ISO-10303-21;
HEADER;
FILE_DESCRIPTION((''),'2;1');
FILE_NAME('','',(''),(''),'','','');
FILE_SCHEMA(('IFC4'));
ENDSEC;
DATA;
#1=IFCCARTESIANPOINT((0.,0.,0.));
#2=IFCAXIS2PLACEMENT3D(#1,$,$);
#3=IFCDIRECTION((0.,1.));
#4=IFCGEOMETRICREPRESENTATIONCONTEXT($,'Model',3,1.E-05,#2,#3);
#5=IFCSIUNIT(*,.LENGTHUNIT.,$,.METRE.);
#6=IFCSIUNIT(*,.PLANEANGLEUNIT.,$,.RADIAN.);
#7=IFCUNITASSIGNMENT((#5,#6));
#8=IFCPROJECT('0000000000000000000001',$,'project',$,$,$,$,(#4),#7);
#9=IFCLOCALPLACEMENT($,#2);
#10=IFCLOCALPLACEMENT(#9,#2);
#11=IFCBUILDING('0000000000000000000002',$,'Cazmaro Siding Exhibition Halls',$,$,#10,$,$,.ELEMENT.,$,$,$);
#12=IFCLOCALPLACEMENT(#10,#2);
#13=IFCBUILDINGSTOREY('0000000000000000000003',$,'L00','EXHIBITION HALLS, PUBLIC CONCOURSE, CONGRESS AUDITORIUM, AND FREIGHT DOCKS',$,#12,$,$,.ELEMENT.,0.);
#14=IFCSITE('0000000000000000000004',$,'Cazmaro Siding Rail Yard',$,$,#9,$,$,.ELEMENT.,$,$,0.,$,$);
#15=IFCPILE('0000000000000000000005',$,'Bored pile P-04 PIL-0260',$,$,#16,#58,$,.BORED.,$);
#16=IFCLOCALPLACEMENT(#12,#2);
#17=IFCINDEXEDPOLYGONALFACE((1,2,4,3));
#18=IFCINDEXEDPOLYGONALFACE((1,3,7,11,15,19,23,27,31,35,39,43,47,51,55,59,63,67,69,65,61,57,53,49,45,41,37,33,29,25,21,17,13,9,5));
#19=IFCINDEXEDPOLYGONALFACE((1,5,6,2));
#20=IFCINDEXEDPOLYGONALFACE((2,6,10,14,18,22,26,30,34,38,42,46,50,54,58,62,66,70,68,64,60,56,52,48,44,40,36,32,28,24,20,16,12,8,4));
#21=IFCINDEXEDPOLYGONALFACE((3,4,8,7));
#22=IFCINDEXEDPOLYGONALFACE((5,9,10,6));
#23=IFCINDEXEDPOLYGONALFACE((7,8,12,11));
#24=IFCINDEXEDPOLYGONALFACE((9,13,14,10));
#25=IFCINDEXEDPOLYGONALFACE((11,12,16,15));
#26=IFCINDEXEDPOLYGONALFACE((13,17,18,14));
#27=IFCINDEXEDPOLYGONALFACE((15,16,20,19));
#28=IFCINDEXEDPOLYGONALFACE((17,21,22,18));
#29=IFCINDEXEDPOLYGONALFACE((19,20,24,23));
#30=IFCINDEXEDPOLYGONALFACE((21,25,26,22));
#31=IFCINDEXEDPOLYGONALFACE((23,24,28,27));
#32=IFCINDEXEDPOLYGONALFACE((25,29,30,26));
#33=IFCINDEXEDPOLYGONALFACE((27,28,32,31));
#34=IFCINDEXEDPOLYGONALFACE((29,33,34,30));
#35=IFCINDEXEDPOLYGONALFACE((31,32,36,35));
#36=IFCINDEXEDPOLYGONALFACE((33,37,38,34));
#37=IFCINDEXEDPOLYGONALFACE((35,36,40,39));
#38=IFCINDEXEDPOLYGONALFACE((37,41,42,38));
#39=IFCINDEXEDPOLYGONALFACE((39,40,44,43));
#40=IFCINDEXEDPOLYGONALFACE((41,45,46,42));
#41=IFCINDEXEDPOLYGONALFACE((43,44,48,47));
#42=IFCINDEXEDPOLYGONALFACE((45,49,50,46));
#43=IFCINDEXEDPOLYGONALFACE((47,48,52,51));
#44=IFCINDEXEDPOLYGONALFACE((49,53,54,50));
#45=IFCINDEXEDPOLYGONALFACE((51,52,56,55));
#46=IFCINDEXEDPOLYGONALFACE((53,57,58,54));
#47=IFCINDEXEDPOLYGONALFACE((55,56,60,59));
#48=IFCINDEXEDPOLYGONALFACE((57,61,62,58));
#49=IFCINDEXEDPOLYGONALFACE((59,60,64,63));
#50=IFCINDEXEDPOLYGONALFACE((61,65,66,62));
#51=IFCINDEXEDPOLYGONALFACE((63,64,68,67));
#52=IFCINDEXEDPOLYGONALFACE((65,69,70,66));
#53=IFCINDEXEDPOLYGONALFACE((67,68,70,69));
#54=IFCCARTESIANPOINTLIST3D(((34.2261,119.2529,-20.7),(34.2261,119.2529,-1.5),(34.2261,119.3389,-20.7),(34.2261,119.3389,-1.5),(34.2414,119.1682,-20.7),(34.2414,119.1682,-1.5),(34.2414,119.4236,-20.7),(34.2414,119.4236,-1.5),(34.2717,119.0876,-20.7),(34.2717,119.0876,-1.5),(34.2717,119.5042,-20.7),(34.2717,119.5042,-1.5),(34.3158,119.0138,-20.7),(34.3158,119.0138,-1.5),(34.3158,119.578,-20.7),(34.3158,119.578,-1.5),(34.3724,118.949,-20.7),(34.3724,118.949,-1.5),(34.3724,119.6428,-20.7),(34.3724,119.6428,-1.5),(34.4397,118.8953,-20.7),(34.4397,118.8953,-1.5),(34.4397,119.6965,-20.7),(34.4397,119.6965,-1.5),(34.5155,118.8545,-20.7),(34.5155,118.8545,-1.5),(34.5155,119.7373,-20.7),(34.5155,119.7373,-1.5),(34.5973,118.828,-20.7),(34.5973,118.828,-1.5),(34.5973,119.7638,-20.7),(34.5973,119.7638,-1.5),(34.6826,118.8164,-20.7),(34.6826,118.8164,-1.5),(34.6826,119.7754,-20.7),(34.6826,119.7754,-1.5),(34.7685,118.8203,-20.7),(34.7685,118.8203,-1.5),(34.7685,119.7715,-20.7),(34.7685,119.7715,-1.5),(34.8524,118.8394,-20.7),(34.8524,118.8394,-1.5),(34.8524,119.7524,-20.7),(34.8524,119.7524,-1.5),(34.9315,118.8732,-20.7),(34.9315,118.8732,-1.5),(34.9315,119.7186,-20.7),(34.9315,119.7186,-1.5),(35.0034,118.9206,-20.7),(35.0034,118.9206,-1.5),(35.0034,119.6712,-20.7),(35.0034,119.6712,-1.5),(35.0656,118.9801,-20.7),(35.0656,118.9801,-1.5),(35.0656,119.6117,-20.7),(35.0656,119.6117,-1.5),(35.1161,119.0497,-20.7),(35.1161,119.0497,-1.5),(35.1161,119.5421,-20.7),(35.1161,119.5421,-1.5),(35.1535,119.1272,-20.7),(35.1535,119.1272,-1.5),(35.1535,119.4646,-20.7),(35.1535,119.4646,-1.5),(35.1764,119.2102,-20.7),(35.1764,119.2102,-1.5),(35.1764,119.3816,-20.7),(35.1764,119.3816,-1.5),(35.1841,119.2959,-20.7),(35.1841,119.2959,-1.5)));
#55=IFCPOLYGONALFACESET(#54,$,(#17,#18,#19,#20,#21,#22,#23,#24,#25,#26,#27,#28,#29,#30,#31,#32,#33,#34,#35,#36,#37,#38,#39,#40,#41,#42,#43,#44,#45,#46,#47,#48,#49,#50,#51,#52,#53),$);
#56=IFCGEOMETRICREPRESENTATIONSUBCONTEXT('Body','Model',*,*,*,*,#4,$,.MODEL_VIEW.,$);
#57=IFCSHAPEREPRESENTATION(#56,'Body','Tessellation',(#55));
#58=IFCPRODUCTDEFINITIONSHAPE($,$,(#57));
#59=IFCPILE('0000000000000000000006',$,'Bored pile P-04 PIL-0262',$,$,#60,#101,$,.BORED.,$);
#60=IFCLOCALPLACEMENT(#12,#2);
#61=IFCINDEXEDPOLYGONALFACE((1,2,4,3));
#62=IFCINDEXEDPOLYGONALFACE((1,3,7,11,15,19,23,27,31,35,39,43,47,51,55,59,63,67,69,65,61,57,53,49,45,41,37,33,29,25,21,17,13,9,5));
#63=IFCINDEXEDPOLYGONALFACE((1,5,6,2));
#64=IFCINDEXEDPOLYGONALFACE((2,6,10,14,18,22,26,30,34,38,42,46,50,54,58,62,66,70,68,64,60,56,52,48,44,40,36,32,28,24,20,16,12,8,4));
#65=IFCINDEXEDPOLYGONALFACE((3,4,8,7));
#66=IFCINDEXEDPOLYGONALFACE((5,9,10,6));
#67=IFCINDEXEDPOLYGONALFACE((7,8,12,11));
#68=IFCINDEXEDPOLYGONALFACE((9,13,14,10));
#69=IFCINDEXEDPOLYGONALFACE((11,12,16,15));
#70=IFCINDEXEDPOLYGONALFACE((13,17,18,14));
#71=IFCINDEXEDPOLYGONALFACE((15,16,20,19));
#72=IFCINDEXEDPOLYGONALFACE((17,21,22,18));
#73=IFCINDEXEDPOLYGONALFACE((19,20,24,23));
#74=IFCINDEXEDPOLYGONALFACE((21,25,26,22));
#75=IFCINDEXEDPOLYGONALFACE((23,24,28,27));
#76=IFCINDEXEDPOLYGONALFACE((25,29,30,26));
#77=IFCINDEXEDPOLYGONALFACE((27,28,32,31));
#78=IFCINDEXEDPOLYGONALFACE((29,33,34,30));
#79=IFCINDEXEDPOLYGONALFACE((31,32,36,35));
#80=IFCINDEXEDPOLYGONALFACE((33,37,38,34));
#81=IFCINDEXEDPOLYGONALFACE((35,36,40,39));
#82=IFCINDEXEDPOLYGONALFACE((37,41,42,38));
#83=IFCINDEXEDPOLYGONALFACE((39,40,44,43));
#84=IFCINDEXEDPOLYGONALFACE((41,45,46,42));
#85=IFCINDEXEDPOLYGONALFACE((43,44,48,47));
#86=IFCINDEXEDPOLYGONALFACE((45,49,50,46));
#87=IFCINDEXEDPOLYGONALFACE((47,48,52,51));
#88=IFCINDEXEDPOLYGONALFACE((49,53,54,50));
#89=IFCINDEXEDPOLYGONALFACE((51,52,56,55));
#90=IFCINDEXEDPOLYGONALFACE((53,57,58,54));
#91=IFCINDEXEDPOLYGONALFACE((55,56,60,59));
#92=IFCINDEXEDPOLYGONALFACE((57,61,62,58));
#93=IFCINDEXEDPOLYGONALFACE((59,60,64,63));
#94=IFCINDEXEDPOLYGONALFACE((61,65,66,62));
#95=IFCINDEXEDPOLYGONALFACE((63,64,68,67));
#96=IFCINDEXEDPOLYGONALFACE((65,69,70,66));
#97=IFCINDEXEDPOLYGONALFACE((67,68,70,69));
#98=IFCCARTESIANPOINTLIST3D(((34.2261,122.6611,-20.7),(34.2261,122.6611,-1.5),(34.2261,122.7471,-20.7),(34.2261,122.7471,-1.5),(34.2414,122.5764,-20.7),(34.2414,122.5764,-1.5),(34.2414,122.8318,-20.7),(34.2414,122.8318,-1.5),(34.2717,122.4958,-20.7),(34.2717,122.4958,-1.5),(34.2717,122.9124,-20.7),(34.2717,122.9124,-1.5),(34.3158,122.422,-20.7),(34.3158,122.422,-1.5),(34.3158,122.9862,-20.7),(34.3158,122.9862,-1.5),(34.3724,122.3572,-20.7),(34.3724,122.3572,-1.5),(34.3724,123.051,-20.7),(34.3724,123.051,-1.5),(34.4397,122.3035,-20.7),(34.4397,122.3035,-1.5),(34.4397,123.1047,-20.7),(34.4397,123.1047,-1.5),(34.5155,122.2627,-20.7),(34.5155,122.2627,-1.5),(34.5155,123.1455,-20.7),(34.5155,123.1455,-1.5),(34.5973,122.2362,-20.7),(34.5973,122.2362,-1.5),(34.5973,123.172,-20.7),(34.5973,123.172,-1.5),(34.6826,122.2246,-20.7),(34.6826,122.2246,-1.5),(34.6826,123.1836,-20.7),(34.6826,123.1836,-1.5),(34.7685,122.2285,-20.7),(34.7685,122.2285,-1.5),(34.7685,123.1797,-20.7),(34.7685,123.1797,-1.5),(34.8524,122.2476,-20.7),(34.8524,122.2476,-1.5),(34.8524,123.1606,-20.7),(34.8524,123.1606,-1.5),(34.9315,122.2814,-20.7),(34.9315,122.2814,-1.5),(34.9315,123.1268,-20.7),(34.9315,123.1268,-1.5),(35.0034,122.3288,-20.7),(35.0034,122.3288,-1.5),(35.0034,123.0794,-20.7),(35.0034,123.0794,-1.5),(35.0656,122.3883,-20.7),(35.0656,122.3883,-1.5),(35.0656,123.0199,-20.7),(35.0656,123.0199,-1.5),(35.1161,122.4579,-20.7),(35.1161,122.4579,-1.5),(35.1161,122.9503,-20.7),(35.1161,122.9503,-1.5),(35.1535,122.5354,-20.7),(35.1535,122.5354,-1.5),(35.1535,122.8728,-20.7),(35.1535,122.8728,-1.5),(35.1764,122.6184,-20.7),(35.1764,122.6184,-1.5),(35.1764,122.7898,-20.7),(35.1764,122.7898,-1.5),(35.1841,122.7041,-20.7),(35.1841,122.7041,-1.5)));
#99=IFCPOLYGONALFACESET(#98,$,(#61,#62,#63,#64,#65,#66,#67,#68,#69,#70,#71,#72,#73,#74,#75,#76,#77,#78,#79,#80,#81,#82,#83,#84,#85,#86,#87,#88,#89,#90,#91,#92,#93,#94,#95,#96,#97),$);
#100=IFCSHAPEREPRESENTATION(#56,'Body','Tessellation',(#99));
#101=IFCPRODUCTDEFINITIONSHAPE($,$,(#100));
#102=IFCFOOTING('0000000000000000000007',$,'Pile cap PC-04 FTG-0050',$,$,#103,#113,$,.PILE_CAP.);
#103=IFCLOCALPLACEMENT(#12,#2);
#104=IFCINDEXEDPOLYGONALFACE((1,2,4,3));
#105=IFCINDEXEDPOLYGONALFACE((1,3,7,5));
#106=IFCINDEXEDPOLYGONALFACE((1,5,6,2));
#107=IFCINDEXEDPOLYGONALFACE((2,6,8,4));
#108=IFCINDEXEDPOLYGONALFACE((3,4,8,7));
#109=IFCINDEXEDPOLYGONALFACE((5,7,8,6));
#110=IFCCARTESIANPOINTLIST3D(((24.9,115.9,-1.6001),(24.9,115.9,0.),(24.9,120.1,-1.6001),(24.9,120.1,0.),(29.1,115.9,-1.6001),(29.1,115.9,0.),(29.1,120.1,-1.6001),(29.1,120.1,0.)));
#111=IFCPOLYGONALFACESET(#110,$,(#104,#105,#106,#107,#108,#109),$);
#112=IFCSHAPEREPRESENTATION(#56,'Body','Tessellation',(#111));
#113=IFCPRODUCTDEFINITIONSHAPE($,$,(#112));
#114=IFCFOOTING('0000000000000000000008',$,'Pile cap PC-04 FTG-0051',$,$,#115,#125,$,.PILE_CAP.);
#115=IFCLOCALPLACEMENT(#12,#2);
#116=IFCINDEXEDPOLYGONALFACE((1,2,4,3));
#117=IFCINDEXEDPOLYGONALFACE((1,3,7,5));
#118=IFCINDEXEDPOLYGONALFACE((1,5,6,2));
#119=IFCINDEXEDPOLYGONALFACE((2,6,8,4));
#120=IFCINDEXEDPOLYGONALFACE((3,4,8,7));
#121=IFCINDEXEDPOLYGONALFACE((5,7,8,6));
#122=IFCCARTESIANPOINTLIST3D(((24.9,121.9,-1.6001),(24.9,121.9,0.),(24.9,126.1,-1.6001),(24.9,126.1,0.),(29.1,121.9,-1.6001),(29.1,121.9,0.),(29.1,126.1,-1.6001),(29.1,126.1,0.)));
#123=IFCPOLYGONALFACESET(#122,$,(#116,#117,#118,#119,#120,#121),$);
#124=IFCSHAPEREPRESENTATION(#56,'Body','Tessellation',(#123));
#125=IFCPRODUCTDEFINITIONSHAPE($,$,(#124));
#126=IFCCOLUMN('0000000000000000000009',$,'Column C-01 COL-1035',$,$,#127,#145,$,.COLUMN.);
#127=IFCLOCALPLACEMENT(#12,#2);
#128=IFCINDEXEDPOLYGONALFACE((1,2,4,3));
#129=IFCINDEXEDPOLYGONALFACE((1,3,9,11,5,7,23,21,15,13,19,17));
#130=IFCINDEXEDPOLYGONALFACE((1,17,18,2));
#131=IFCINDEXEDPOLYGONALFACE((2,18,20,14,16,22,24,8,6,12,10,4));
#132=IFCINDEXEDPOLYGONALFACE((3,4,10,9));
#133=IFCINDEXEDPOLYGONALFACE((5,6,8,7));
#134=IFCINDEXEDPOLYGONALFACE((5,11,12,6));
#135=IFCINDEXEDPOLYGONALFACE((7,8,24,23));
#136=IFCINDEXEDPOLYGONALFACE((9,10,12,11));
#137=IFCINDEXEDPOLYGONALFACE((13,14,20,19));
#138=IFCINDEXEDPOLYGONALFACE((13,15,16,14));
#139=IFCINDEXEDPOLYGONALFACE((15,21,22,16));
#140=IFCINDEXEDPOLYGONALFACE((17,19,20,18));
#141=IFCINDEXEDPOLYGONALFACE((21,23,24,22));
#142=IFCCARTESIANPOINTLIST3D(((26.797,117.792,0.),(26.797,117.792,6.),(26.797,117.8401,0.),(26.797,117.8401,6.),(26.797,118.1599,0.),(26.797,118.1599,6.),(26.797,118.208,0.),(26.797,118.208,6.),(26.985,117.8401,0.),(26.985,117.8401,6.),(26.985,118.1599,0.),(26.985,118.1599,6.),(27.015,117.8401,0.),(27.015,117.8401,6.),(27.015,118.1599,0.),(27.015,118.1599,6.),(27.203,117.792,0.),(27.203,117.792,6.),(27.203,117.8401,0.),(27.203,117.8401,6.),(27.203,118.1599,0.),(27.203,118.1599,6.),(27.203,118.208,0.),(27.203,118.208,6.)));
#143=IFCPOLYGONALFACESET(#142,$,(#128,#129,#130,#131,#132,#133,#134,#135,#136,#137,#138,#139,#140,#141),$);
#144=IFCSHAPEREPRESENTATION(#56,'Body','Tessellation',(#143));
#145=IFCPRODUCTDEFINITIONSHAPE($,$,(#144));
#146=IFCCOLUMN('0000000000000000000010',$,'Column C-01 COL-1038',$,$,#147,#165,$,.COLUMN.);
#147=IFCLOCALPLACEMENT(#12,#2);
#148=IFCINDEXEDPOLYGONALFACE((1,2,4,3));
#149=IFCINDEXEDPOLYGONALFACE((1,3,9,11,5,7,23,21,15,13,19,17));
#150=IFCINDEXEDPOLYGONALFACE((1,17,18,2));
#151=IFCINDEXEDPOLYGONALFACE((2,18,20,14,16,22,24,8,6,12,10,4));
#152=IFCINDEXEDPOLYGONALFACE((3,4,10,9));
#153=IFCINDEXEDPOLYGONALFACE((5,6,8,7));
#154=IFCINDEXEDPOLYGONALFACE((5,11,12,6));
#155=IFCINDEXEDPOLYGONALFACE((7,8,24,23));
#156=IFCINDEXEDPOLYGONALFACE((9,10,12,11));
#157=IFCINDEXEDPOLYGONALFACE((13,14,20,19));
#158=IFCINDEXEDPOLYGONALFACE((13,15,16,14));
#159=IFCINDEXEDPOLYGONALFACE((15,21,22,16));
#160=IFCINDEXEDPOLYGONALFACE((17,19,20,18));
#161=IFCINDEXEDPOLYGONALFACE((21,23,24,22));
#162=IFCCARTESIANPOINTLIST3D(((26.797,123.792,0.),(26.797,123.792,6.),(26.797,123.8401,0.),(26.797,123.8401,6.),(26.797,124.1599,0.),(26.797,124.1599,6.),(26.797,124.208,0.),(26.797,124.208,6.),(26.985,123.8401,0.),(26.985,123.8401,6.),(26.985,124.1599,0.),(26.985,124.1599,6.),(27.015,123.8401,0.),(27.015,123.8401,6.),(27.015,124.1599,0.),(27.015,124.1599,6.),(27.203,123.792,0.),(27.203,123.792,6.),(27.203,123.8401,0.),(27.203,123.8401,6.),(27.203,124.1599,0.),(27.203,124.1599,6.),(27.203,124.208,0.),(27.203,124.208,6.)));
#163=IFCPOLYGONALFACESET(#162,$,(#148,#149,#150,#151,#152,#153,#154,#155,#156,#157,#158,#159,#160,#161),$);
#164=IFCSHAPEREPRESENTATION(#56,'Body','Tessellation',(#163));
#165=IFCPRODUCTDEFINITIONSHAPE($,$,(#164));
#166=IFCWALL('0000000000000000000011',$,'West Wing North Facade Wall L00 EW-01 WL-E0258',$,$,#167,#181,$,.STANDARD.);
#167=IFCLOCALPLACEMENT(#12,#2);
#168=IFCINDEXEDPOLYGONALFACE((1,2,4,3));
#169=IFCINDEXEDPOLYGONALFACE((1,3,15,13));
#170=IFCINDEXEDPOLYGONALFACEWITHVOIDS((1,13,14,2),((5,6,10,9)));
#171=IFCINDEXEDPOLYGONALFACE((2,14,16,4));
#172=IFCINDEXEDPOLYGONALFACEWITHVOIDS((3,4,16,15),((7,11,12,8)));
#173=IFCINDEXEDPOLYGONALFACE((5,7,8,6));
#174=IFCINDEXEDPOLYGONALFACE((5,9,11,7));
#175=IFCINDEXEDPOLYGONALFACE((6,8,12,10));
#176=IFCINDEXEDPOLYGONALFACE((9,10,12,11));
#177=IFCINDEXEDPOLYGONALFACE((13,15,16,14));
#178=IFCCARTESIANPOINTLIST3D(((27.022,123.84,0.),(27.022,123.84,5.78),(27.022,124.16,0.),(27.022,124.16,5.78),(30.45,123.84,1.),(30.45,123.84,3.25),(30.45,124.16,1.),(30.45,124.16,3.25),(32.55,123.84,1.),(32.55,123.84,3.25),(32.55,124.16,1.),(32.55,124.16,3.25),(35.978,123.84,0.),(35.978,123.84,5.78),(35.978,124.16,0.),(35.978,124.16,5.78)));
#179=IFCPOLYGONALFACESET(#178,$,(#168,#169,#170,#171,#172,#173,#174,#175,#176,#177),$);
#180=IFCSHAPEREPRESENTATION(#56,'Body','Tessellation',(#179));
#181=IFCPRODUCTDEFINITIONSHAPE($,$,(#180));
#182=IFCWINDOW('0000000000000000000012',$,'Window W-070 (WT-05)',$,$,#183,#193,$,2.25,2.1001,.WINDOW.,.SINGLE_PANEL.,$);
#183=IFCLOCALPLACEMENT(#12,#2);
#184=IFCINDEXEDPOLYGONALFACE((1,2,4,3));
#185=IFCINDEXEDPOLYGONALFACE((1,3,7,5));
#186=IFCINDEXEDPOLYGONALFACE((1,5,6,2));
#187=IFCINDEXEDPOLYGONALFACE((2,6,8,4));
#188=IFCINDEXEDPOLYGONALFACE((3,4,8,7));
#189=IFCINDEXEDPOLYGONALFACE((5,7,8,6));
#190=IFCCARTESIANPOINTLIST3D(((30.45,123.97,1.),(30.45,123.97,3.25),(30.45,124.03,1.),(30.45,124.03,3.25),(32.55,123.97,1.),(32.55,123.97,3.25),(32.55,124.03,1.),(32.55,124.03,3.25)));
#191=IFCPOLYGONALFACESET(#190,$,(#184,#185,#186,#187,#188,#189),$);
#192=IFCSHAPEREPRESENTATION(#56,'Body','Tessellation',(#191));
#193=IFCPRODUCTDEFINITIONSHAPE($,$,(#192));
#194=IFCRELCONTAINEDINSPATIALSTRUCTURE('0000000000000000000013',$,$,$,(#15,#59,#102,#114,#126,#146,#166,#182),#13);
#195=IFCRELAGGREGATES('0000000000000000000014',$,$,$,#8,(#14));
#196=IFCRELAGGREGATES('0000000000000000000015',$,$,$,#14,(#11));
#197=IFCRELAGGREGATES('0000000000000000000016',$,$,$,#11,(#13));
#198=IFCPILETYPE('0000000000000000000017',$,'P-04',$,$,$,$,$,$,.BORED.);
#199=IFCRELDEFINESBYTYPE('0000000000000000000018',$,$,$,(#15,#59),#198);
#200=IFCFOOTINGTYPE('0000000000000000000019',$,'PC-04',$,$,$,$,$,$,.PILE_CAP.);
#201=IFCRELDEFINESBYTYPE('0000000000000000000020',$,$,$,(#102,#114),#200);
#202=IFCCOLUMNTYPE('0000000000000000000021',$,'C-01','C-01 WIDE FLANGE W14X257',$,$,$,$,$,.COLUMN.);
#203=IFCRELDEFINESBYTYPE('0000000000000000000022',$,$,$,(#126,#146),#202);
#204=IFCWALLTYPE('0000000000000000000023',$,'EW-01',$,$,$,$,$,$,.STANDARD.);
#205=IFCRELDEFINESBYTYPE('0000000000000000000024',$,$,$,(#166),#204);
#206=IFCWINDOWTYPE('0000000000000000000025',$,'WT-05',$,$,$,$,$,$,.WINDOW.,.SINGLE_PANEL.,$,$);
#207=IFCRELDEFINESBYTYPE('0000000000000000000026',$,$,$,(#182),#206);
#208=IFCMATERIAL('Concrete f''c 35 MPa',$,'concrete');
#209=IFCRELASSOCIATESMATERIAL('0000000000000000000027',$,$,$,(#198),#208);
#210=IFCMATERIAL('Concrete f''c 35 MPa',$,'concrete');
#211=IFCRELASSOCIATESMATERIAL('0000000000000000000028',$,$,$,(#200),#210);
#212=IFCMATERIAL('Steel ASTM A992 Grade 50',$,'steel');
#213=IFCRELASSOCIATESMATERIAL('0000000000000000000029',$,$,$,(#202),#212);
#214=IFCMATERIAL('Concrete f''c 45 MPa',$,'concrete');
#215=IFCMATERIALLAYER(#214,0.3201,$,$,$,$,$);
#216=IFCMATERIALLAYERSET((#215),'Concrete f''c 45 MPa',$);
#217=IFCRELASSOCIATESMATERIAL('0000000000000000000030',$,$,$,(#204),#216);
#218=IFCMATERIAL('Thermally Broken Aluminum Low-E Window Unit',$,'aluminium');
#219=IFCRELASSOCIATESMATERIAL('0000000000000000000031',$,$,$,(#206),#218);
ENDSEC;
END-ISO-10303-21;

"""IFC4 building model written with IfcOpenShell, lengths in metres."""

from ifc_helpers import new_model, si_unit, direction, frame, frame_2d, origin, origin_2d, place, context, subcontext, project, spatial, rectangle, circle, i_section, extrude, material, layer, layer_set, material_profile, profile_set, type_object, element, fill, save


model = new_model("IFC4")

# Units and contexts
model_context = context("Model", 3, precision=1e-05, world=origin(), true_north=direction((0.0, 1.0)))
body_context = subcontext(model_context, "Body", "Model", "MODEL_VIEW")
ifc_project = project(units=[si_unit("LENGTHUNIT", "METRE"), si_unit("PLANEANGLEUNIT", "RADIAN")], contexts=[model_context])

# Site, building, storey
site_placement = place(None, origin())
site = spatial("IfcSite", under=ifc_project, at=site_placement, Name="Cazmaro Siding Rail Yard", CompositionType="ELEMENT", RefElevation=0.0)
building_placement = place(site_placement, origin())
building = spatial("IfcBuilding", under=site, at=building_placement, Name="Cazmaro Siding Exhibition Halls", CompositionType="ELEMENT")
storey_placement = place(building_placement, origin())
storey = spatial("IfcBuildingStorey", under=building, at=storey_placement, Name="L00", Description="EXHIBITION HALLS, PUBLIC CONCOURSE, CONGRESS AUDITORIUM, AND FREIGHT DOCKS", CompositionType="ELEMENT", Elevation=0.0)

# Piles
ifc_material_1 = material(Name="Concrete f'c 35 MPa", Category="concrete")
ifc_material_profile_1 = material_profile(ifc_material_1, circle(Radius=0.48, at=origin_2d()), Name="CIDH-960")
ifc_profile_set_1 = profile_set([ifc_material_profile_1], Name="Concrete f'c 35 MPa")
pile_type = type_object("IfcPileType", Name="P-04", PredefinedType="BORED", material=ifc_profile_set_1)
for number, where, z_axis, x_axis, name in (
    (1, (34.7041, 119.2959, -1.5), (0.0, 0.0, -1.0), (1.0, 0.0, 0.0), "Bored pile P-04 PIL-0260"),
    (2, (34.7041, 122.7041, -1.5), (0.0, 0.0, -1.0), (1.0, 0.0, 0.0), "Bored pile P-04 PIL-0262"),
):
    element("IfcPile", number, at=place(storey_placement, frame(where, z_axis=z_axis, x_axis=x_axis)), inside=storey, type_object=pile_type, Name=name, PredefinedType="BORED", context=body_context, shape_type="SweptSolid", body=[
        extrude(circle(Radius=0.48, at=origin_2d()), origin(), (0.0, 0.0, 1.0), 19.2),
    ])

# Footings
ifc_material_2 = material(Name="Concrete f'c 35 MPa", Category="concrete")
footing_type = type_object("IfcFootingType", Name="PC-04", PredefinedType="PILE_CAP", material=ifc_material_2)
for number, where, z_axis, x_axis, name in (
    (3, (27.0, 118.0, -1.6001), (0.0, 0.0, 1.0), (1.0, 0.0, 0.0), "Pile cap PC-04 FTG-0050"),
    (4, (27.0, 124.0, -1.6001), (0.0, 0.0, 1.0), (1.0, 0.0, 0.0), "Pile cap PC-04 FTG-0051"),
):
    element("IfcFooting", number, at=place(storey_placement, frame(where, z_axis=z_axis, x_axis=x_axis)), inside=storey, type_object=footing_type, Name=name, PredefinedType="PILE_CAP", context=body_context, shape_type="SweptSolid", body=[
        extrude(rectangle(XDim=4.2, YDim=4.2, at=origin_2d()), origin(), (0.0, 0.0, 1.0), 1.6001),
    ])

# Columns
ifc_material_3 = material(Name="Steel ASTM A992 Grade 50", Category="steel")
ifc_material_profile_2 = material_profile(ifc_material_3, i_section(OverallWidth=0.406, OverallDepth=0.416, WebThickness=0.03, FlangeThickness=0.0481, at=origin_2d()), Name="W14X257")
ifc_profile_set_2 = profile_set([ifc_material_profile_2], Name="Steel ASTM A992 Grade 50")
column_type = type_object("IfcColumnType", Name="C-01", Description="C-01 WIDE FLANGE W14X257", PredefinedType="COLUMN", material=ifc_profile_set_2)
for number, where, z_axis, x_axis, name in (
    (5, (27.0, 118.0, 0.0), (0.0, 0.0, 1.0), (1.0, 0.0, 0.0), "Column C-01 COL-1035"),
    (6, (27.0, 124.0, 0.0), (0.0, 0.0, 1.0), (1.0, 0.0, 0.0), "Column C-01 COL-1038"),
):
    element("IfcColumn", number, at=place(storey_placement, frame(where, z_axis=z_axis, x_axis=x_axis)), inside=storey, type_object=column_type, Name=name, PredefinedType="COLUMN", context=body_context, shape_type="SweptSolid", body=[
        extrude(i_section(OverallWidth=0.406, OverallDepth=0.416, WebThickness=0.03, FlangeThickness=0.0481, at=origin_2d()), origin(), (0.0, 0.0, 1.0), 6.0),
    ])

# Wall, opening, window
ifc_material_4 = material(Name="Concrete f'c 45 MPa", Category="concrete")
ifc_layer = layer(ifc_material_4, 0.3201)
ifc_layer_set = layer_set([ifc_layer], Name="Concrete f'c 45 MPa")
wall_type = type_object("IfcWallType", Name="EW-01", PredefinedType="STANDARD", material=ifc_layer_set)
wall_placement = place(storey_placement, frame((27.022, 124.0, 0.0), z_axis=(0.0, 0.0, 1.0), x_axis=(1.0, 0.0, 0.0)))
wall = element("IfcWall", 7, at=wall_placement, inside=storey, type_object=wall_type, Name="West Wing North Facade Wall L00 EW-01 WL-E0258", PredefinedType="STANDARD", context=body_context, shape_type="SweptSolid", body=[
    extrude(rectangle(XDim=8.9561, YDim=0.3201, at=frame_2d((4.478, 0.0))), origin(), (0.0, 0.0, 1.0), 5.78),
])
opening_placement = place(wall_placement, frame((3.428, 0.0, 1.0)))
opening = element("IfcOpeningElement", 8, at=opening_placement, cuts=wall, PredefinedType="OPENING", context=body_context, shape_type="SweptSolid", body=[
    extrude(rectangle(XDim=2.1001, YDim=2.25, at=frame_2d((1.05, 1.125))), frame((0.0, 0.1699, 0.0), z_axis=(0.0, -1.0, 0.0), x_axis=(1.0, 0.0, 0.0)), (0.0, 0.0, 1.0), 0.3401),
])
ifc_material_5 = material(Name="Thermally Broken Aluminum Low-E Window Unit", Category="aluminium")
window_type = type_object("IfcWindowType", Name="WT-05", PartitioningType="SINGLE_PANEL", PredefinedType="WINDOW", material=ifc_material_5)
window_placement = place(opening_placement, origin())
window = element("IfcWindow", 9, at=window_placement, inside=storey, type_object=window_type, Name="Window W-070 (WT-05)", OverallHeight=2.25, OverallWidth=2.1001, PartitioningType="SINGLE_PANEL", PredefinedType="WINDOW", context=body_context, shape_type="SweptSolid", body=[
    extrude(rectangle(XDim=2.1001, YDim=2.25, at=frame_2d((1.05, 1.125))), frame((0.0, 0.03, 0.0), z_axis=(0.0, -1.0, 0.0), x_axis=(1.0, 0.0, 0.0)), (0.0, 0.0, 1.0), 0.0601),
])
fill(opening, window)

save(model, "model.ifc")
